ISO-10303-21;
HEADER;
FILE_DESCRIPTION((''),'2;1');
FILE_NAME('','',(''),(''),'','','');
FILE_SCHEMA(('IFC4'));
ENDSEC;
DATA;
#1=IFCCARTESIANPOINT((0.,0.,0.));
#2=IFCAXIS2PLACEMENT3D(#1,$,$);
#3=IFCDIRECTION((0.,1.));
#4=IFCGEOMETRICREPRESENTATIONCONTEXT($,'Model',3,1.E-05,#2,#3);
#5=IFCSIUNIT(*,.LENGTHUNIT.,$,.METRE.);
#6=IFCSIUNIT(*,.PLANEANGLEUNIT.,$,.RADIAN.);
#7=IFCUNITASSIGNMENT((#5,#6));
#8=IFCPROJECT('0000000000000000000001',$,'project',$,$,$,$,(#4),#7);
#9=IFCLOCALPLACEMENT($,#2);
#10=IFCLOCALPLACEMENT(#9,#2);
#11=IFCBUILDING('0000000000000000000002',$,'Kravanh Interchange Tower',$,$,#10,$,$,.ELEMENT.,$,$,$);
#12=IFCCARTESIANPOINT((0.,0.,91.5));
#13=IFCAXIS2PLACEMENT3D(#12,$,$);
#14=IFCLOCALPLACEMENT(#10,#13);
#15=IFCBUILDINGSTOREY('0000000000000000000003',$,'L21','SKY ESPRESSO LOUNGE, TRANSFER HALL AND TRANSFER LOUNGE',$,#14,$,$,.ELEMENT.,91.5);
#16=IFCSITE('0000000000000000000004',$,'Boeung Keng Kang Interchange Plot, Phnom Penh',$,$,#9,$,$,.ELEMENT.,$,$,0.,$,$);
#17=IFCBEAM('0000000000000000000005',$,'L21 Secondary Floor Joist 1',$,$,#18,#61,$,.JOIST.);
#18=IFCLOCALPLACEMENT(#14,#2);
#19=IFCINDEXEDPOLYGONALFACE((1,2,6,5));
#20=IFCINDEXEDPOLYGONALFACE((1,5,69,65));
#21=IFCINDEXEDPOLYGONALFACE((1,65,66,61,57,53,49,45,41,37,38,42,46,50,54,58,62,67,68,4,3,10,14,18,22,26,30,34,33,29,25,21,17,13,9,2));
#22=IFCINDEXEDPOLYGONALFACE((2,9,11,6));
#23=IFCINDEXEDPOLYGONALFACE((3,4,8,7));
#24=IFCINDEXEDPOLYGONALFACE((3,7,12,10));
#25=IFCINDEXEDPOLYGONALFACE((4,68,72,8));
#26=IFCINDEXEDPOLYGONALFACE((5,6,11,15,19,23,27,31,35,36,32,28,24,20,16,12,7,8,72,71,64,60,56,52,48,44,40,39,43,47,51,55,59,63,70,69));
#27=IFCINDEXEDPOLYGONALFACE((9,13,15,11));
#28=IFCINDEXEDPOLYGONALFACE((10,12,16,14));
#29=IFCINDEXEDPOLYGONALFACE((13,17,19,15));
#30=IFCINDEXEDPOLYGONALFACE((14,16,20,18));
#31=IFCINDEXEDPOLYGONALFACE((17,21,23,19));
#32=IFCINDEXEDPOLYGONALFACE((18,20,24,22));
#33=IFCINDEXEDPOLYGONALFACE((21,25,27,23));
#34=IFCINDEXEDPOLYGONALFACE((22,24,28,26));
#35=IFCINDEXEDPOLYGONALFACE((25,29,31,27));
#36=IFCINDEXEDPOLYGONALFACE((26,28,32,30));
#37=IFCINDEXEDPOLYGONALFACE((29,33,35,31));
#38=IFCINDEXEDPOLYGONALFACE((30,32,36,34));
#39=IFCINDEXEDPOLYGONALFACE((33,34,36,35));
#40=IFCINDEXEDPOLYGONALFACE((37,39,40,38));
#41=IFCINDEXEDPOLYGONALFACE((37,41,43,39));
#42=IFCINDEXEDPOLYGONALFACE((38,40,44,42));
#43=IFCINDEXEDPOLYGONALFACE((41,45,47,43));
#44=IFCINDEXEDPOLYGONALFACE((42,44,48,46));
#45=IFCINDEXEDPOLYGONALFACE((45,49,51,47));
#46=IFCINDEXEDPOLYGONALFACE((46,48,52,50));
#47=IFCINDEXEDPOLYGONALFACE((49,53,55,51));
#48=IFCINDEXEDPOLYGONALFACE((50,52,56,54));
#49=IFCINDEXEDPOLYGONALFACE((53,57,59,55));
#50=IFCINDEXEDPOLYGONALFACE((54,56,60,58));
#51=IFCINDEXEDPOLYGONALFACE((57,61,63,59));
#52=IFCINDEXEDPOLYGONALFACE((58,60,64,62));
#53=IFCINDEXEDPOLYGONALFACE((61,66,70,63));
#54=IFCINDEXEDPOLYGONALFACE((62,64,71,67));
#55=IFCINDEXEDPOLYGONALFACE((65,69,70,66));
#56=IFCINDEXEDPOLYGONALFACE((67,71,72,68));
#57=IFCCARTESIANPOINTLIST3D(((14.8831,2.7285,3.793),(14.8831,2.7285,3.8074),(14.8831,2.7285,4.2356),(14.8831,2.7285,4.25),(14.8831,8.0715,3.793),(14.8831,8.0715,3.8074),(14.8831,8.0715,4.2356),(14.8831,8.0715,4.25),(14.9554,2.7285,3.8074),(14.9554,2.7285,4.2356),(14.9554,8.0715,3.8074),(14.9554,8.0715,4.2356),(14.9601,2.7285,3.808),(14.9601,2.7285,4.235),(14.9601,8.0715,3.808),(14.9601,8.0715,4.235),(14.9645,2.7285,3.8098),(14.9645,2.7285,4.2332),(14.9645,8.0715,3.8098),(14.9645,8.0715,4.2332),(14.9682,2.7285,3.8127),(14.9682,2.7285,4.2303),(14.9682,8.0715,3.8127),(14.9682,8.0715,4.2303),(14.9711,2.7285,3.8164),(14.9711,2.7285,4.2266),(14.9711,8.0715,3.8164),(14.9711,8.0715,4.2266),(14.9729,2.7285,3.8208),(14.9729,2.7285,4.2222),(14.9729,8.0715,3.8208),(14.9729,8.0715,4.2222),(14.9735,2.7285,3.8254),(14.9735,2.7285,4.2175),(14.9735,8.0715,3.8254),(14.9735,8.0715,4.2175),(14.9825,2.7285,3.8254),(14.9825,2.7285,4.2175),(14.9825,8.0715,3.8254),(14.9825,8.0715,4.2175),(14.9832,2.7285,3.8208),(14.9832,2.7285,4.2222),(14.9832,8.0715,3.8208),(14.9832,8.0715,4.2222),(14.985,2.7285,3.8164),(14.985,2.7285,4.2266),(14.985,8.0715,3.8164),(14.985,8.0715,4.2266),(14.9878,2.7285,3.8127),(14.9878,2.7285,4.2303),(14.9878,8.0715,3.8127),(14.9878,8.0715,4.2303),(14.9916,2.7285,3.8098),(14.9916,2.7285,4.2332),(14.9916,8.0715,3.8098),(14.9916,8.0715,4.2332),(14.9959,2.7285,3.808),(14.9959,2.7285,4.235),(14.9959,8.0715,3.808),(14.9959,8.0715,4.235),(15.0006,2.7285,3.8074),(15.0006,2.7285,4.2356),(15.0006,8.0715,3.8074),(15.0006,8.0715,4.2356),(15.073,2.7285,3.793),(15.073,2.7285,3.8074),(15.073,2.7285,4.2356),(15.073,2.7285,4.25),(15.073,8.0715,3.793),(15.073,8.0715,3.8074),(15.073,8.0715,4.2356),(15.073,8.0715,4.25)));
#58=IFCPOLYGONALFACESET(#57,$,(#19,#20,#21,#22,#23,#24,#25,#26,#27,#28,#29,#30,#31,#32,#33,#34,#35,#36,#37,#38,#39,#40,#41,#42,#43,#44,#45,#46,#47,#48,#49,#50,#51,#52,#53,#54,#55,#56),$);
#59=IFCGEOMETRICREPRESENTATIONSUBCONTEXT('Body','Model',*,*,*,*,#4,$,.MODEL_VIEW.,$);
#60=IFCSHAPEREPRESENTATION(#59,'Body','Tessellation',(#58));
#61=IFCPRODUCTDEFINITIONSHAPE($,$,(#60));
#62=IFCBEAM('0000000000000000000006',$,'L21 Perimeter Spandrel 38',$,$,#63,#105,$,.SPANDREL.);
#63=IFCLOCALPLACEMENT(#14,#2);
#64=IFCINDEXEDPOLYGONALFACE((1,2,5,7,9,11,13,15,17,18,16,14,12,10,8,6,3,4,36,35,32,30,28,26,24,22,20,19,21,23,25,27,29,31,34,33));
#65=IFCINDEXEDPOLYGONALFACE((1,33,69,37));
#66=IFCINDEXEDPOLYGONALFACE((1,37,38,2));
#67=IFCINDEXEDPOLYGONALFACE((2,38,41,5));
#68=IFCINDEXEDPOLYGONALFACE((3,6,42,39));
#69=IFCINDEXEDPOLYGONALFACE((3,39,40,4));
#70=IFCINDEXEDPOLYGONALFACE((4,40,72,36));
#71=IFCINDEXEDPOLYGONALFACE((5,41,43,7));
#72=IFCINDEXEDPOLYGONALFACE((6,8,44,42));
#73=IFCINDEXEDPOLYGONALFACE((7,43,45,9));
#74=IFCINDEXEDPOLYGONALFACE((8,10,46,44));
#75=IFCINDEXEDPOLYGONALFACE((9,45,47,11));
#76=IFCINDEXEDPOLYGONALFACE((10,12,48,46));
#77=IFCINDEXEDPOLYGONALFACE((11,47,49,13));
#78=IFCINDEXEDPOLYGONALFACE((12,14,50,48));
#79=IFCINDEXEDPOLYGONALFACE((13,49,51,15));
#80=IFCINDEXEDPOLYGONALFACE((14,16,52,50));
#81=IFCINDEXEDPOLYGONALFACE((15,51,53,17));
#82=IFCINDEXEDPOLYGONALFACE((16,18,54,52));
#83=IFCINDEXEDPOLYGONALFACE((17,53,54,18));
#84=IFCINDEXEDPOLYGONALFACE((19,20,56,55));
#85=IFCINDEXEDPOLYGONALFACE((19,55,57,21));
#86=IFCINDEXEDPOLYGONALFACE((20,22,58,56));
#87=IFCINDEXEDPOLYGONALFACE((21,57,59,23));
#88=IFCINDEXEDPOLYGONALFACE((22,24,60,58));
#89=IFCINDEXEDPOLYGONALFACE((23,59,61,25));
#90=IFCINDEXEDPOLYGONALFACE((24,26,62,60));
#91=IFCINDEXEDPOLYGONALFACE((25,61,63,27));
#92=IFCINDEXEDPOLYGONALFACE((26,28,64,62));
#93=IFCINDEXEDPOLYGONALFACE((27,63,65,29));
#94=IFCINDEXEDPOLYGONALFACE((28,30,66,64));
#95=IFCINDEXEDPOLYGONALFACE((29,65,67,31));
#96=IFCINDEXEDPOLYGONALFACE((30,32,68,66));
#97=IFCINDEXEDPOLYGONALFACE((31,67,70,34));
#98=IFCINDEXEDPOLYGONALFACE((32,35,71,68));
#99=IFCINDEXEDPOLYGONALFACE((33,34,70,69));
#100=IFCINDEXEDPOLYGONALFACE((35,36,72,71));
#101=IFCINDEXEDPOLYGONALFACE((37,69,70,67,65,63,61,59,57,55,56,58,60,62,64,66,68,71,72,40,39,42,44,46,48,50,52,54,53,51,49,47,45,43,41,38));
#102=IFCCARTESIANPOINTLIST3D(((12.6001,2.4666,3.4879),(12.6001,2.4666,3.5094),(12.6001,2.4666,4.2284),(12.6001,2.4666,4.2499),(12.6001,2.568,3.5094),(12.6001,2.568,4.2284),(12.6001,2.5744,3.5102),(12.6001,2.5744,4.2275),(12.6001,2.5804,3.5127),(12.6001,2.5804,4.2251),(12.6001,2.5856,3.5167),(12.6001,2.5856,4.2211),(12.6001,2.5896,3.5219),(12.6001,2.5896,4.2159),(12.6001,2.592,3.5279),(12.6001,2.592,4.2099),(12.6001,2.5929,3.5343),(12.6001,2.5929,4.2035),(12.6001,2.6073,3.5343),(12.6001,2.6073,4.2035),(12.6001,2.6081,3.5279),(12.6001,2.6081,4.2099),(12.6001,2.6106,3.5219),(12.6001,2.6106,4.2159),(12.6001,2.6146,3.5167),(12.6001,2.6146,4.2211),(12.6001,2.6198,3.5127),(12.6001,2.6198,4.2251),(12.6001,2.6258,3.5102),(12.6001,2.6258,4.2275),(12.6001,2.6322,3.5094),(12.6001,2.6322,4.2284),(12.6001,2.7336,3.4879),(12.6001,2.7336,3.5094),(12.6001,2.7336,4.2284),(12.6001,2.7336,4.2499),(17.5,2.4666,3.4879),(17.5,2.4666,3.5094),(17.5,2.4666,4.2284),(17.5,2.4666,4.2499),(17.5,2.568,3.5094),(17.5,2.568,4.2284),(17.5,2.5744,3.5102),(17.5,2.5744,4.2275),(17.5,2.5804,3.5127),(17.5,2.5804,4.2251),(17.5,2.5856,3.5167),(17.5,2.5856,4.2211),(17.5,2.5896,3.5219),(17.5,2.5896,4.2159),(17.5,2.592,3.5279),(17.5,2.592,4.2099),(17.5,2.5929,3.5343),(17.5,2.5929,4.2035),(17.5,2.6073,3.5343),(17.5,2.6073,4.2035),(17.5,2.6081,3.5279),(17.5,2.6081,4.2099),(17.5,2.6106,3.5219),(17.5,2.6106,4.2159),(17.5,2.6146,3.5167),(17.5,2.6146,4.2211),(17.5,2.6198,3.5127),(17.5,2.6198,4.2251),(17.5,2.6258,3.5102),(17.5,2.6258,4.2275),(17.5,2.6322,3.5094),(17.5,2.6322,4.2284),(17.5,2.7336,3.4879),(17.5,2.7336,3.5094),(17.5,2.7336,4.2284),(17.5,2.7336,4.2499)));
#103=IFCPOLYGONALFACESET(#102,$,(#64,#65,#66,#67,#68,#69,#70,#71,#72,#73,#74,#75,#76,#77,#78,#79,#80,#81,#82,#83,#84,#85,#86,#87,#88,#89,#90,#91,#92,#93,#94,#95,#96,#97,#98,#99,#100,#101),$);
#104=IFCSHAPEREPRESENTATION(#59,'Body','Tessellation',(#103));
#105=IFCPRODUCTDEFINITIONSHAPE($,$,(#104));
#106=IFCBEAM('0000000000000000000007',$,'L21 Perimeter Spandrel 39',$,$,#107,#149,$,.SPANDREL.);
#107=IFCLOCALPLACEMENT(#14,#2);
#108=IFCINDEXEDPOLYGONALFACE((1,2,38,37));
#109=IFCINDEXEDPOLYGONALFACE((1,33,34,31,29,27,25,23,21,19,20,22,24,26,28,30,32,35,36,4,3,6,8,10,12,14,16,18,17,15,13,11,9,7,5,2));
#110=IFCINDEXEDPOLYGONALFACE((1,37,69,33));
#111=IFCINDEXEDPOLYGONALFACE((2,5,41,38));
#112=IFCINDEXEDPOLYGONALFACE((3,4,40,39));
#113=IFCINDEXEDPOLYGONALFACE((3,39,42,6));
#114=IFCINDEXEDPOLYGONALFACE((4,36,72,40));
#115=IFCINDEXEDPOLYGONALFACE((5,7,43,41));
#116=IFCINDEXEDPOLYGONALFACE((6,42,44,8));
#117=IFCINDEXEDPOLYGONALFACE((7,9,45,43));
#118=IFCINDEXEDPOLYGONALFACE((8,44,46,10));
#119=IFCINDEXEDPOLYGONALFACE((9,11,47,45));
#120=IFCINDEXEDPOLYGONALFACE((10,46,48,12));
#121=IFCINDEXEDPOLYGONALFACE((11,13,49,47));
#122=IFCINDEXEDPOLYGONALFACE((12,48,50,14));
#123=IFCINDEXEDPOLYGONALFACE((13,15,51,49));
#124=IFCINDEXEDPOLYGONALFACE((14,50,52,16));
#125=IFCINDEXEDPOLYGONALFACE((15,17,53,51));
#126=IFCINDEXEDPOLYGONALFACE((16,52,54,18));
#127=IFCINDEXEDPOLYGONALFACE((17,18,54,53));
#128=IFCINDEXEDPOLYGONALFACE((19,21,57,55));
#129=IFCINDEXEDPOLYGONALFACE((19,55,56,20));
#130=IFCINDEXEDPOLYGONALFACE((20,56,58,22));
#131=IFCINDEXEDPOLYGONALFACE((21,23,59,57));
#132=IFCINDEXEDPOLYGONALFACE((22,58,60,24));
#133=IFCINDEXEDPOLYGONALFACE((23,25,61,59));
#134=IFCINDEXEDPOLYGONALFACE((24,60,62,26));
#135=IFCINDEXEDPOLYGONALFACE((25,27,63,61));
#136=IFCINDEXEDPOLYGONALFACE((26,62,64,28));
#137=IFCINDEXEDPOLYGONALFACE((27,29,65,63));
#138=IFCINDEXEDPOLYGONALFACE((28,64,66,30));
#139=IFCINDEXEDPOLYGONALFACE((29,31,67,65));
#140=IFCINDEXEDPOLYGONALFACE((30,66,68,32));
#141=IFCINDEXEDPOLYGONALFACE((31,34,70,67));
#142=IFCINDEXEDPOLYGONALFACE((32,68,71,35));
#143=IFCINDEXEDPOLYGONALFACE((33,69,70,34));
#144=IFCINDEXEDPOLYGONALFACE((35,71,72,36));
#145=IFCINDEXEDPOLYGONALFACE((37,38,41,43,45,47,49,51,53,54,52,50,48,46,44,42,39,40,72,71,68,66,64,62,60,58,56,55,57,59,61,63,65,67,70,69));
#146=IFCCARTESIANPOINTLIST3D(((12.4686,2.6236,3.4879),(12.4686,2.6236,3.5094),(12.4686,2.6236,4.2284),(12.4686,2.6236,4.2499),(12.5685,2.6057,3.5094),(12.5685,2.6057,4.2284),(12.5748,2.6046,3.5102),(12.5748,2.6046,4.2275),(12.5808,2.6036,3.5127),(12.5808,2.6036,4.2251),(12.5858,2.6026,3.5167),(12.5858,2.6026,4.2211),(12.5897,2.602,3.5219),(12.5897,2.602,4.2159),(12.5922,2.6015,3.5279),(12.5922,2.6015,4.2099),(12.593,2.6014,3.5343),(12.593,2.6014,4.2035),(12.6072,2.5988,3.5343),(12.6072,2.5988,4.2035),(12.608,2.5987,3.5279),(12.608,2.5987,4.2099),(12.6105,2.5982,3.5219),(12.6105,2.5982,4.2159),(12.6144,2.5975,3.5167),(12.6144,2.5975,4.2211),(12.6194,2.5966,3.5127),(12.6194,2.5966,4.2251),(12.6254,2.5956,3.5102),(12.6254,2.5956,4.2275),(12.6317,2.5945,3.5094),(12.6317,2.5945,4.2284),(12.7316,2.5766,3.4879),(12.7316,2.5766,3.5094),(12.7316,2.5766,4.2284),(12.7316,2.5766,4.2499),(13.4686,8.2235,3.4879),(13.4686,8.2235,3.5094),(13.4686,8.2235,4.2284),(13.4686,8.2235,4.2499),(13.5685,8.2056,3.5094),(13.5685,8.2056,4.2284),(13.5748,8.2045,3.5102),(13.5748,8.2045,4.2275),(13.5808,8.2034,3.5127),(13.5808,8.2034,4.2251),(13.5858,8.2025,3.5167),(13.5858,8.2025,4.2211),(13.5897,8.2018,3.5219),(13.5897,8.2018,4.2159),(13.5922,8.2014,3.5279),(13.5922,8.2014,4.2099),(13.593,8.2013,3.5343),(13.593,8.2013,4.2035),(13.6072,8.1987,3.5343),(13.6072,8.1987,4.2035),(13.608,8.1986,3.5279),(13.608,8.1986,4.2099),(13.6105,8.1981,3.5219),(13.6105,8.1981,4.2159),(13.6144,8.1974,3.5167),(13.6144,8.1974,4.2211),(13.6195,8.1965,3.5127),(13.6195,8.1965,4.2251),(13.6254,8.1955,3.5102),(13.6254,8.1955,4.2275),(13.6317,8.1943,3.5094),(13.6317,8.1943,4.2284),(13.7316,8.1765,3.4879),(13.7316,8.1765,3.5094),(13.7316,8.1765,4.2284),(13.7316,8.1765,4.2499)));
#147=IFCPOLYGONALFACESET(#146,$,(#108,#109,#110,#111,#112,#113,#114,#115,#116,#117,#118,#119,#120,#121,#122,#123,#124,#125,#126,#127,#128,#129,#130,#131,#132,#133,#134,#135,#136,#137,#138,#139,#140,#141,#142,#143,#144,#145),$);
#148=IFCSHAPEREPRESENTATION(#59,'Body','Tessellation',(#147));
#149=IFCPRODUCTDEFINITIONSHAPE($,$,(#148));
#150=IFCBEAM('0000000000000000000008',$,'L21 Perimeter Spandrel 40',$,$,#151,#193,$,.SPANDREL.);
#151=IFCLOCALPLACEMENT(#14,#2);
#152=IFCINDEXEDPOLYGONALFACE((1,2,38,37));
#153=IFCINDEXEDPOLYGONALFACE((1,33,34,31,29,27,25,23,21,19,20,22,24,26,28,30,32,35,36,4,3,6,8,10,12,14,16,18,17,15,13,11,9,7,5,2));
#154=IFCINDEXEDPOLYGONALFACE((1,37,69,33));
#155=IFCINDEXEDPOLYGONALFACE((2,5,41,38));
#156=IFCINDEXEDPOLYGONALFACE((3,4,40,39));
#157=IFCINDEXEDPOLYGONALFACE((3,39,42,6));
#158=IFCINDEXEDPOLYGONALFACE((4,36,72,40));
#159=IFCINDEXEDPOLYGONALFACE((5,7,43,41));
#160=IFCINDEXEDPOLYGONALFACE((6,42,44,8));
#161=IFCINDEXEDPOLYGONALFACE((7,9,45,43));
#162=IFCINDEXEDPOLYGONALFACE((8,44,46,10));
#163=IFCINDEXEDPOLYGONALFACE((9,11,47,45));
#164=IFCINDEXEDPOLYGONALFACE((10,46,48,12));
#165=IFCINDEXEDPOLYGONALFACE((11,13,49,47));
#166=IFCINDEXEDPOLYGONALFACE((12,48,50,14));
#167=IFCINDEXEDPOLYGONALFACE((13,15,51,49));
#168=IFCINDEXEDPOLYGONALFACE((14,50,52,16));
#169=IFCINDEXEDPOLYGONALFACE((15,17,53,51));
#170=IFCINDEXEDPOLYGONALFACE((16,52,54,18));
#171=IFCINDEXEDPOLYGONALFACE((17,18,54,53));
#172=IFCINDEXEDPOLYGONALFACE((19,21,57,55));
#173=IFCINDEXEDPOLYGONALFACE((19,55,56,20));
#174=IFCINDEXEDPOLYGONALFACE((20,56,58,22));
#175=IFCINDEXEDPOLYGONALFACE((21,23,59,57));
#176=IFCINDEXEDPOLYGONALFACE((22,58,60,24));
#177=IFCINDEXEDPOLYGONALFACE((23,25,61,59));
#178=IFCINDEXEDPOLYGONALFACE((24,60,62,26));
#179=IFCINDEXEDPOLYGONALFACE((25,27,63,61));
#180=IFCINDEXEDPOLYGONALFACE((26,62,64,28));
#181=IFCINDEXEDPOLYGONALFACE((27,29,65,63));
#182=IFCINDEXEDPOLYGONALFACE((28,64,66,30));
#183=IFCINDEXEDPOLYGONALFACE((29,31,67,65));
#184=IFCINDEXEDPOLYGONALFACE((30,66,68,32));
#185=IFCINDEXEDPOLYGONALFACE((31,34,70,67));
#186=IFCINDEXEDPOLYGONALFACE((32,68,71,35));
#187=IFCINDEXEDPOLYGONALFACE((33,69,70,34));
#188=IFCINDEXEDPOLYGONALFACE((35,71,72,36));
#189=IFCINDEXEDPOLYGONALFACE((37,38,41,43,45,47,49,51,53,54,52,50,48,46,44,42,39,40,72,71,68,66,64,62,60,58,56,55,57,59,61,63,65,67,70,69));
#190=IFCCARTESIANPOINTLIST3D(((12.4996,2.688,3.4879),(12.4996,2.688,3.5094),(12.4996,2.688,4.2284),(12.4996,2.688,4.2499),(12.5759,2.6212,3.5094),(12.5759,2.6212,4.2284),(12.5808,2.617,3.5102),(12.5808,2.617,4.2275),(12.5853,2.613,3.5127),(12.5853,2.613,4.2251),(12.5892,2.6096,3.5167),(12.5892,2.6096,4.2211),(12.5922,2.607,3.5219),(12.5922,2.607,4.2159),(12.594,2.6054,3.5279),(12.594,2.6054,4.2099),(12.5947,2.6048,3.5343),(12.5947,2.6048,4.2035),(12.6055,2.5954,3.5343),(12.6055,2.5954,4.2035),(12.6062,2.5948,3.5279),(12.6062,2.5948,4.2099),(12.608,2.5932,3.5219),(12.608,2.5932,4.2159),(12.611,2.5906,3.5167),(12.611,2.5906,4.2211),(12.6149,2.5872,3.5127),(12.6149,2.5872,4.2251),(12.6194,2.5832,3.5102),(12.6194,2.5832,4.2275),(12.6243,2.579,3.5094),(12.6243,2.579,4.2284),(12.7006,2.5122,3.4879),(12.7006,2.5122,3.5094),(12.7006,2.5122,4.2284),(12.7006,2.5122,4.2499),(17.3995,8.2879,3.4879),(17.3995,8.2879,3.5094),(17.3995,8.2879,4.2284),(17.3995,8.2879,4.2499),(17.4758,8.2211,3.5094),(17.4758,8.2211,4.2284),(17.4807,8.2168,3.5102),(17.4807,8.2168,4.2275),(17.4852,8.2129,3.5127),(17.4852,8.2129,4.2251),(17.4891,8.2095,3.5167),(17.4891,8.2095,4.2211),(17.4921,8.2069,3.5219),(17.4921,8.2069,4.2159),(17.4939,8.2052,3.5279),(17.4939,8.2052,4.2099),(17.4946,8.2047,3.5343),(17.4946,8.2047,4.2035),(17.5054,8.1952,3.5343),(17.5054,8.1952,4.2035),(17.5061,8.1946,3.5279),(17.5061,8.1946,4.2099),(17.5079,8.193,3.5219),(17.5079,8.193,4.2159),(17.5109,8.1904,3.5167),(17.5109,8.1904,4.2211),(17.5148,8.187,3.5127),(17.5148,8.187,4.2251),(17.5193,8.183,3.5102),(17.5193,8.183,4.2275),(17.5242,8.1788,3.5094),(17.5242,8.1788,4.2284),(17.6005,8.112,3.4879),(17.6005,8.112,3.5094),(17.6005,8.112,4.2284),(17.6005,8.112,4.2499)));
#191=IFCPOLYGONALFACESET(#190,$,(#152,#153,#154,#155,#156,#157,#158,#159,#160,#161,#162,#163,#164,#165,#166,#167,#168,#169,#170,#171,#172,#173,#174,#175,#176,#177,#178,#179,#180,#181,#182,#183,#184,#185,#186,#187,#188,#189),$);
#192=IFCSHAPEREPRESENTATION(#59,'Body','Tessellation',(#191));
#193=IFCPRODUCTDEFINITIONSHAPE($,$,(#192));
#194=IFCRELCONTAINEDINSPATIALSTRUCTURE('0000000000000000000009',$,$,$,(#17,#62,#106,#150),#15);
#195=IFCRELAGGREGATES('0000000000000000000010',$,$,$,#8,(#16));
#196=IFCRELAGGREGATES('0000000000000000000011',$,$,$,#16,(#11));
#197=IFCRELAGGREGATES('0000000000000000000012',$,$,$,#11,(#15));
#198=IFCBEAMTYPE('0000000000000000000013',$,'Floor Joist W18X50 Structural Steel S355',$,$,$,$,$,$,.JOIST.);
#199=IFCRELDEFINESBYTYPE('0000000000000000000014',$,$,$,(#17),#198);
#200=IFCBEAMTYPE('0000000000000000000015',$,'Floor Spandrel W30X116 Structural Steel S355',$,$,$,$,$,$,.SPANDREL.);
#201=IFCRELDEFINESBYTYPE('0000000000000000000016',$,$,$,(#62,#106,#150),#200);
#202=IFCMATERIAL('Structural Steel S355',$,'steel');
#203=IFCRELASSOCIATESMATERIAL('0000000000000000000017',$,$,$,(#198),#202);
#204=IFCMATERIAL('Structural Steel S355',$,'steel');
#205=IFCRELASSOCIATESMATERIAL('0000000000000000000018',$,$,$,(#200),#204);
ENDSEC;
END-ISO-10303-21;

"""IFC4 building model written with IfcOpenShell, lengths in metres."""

from ifc_helpers import new_model, si_unit, direction, frame, origin, origin_2d, place, context, subcontext, project, spatial, i_section, extrude, material, material_profile, profile_set, type_object, element, save


model = new_model("IFC4")

# Units and contexts
model_context = context("Model", 3, precision=1e-05, world=origin(), true_north=direction((0.0, 1.0)))
body_context = subcontext(model_context, "Body", "Model", "MODEL_VIEW")
ifc_project = project(units=[si_unit("LENGTHUNIT", "METRE"), si_unit("PLANEANGLEUNIT", "RADIAN")], contexts=[model_context])

# Site, building, storey
site_placement = place(None, origin())
site = spatial("IfcSite", under=ifc_project, at=site_placement, Name="Boeung Keng Kang Interchange Plot, Phnom Penh", CompositionType="ELEMENT", RefElevation=0.0)
building_placement = place(site_placement, origin())
building = spatial("IfcBuilding", under=site, at=building_placement, Name="Kravanh Interchange Tower", CompositionType="ELEMENT")
storey_placement = place(building_placement, frame((0.0, 0.0, 91.5)))
storey = spatial("IfcBuildingStorey", under=building, at=storey_placement, Name="L21", Description="SKY ESPRESSO LOUNGE, TRANSFER HALL AND TRANSFER LOUNGE", CompositionType="ELEMENT", Elevation=91.5)

# Beams
ifc_material_1 = material(Name="Structural Steel S355", Category="steel")
ifc_material_profile_1 = material_profile(ifc_material_1, i_section(OverallWidth=0.1899, OverallDepth=0.457, WebThickness=0.009, FlangeThickness=0.0144, FilletRadius=0.0181, at=origin_2d()), Name="W18X50")
ifc_profile_set_1 = profile_set([ifc_material_profile_1], Name="Structural Steel S355")
beam_type_1 = type_object("IfcBeamType", Name="Floor Joist W18X50 Structural Steel S355", PredefinedType="JOIST", material=ifc_profile_set_1)
beam_1_placement = place(storey_placement, frame((14.978, 2.7285, 4.0215), z_axis=(0.0, 1.0, 0.0), x_axis=(-1.0, 0.0, 0.0)))
element("IfcBeam", 1, at=beam_1_placement, inside=storey, type_object=beam_type_1, Name="L21 Secondary Floor Joist 1", PredefinedType="JOIST", context=body_context, shape_type="SweptSolid", body=[
    extrude(i_section(OverallWidth=0.1899, OverallDepth=0.457, WebThickness=0.009, FlangeThickness=0.0144, FilletRadius=0.0181, at=origin_2d()), origin(), (0.0, 0.0, 1.0), 5.343),
])
ifc_material_2 = material(Name="Structural Steel S355", Category="steel")
ifc_material_profile_2 = material_profile(ifc_material_2, i_section(OverallWidth=0.2671, OverallDepth=0.762, WebThickness=0.0144, FlangeThickness=0.0215, FilletRadius=0.0249, at=origin_2d()), Name="W30X116")
ifc_profile_set_2 = profile_set([ifc_material_profile_2], Name="Structural Steel S355")
beam_type_2 = type_object("IfcBeamType", Name="Floor Spandrel W30X116 Structural Steel S355", PredefinedType="SPANDREL", material=ifc_profile_set_2)
beam_2_placement = place(storey_placement, frame((12.6001, 2.6001, 3.8689), z_axis=(1.0, 0.0, 0.0), x_axis=(0.0, 1.0, 0.0)))
element("IfcBeam", 2, at=beam_2_placement, inside=storey, type_object=beam_type_2, Name="L21 Perimeter Spandrel 38", PredefinedType="SPANDREL", context=body_context, shape_type="SweptSolid", body=[
    extrude(i_section(OverallWidth=0.2671, OverallDepth=0.762, WebThickness=0.0144, FlangeThickness=0.0215, FilletRadius=0.0249, at=origin_2d()), origin(), (0.0, 0.0, 1.0), 4.8999),
])
beam_3_placement = place(storey_placement, frame((12.6001, 2.6001, 3.8689), z_axis=(0.175795, 0.984427, 0.0), x_axis=(-0.984427, 0.175795, 0.0)))
element("IfcBeam", 3, at=beam_3_placement, inside=storey, type_object=beam_type_2, Name="L21 Perimeter Spandrel 39", PredefinedType="SPANDREL", context=body_context, shape_type="SweptSolid", body=[
    extrude(i_section(OverallWidth=0.2671, OverallDepth=0.762, WebThickness=0.0144, FlangeThickness=0.0215, FilletRadius=0.0249, at=origin_2d()), origin(), (0.0, 0.0, 1.0), 5.6885),
])
beam_4_placement = place(storey_placement, frame((12.6001, 2.6001, 3.8689), z_axis=(0.658507, 0.752575, 0.0), x_axis=(-0.752575, 0.658507, 0.0)))
element("IfcBeam", 4, at=beam_4_placement, inside=storey, type_object=beam_type_2, Name="L21 Perimeter Spandrel 40", PredefinedType="SPANDREL", context=body_context, shape_type="SweptSolid", body=[
    extrude(i_section(OverallWidth=0.2671, OverallDepth=0.762, WebThickness=0.0144, FlangeThickness=0.0215, FilletRadius=0.0249, at=origin_2d()), origin(), (0.0, 0.0, 1.0), 7.4409),
])

save(model, "model.ifc")
